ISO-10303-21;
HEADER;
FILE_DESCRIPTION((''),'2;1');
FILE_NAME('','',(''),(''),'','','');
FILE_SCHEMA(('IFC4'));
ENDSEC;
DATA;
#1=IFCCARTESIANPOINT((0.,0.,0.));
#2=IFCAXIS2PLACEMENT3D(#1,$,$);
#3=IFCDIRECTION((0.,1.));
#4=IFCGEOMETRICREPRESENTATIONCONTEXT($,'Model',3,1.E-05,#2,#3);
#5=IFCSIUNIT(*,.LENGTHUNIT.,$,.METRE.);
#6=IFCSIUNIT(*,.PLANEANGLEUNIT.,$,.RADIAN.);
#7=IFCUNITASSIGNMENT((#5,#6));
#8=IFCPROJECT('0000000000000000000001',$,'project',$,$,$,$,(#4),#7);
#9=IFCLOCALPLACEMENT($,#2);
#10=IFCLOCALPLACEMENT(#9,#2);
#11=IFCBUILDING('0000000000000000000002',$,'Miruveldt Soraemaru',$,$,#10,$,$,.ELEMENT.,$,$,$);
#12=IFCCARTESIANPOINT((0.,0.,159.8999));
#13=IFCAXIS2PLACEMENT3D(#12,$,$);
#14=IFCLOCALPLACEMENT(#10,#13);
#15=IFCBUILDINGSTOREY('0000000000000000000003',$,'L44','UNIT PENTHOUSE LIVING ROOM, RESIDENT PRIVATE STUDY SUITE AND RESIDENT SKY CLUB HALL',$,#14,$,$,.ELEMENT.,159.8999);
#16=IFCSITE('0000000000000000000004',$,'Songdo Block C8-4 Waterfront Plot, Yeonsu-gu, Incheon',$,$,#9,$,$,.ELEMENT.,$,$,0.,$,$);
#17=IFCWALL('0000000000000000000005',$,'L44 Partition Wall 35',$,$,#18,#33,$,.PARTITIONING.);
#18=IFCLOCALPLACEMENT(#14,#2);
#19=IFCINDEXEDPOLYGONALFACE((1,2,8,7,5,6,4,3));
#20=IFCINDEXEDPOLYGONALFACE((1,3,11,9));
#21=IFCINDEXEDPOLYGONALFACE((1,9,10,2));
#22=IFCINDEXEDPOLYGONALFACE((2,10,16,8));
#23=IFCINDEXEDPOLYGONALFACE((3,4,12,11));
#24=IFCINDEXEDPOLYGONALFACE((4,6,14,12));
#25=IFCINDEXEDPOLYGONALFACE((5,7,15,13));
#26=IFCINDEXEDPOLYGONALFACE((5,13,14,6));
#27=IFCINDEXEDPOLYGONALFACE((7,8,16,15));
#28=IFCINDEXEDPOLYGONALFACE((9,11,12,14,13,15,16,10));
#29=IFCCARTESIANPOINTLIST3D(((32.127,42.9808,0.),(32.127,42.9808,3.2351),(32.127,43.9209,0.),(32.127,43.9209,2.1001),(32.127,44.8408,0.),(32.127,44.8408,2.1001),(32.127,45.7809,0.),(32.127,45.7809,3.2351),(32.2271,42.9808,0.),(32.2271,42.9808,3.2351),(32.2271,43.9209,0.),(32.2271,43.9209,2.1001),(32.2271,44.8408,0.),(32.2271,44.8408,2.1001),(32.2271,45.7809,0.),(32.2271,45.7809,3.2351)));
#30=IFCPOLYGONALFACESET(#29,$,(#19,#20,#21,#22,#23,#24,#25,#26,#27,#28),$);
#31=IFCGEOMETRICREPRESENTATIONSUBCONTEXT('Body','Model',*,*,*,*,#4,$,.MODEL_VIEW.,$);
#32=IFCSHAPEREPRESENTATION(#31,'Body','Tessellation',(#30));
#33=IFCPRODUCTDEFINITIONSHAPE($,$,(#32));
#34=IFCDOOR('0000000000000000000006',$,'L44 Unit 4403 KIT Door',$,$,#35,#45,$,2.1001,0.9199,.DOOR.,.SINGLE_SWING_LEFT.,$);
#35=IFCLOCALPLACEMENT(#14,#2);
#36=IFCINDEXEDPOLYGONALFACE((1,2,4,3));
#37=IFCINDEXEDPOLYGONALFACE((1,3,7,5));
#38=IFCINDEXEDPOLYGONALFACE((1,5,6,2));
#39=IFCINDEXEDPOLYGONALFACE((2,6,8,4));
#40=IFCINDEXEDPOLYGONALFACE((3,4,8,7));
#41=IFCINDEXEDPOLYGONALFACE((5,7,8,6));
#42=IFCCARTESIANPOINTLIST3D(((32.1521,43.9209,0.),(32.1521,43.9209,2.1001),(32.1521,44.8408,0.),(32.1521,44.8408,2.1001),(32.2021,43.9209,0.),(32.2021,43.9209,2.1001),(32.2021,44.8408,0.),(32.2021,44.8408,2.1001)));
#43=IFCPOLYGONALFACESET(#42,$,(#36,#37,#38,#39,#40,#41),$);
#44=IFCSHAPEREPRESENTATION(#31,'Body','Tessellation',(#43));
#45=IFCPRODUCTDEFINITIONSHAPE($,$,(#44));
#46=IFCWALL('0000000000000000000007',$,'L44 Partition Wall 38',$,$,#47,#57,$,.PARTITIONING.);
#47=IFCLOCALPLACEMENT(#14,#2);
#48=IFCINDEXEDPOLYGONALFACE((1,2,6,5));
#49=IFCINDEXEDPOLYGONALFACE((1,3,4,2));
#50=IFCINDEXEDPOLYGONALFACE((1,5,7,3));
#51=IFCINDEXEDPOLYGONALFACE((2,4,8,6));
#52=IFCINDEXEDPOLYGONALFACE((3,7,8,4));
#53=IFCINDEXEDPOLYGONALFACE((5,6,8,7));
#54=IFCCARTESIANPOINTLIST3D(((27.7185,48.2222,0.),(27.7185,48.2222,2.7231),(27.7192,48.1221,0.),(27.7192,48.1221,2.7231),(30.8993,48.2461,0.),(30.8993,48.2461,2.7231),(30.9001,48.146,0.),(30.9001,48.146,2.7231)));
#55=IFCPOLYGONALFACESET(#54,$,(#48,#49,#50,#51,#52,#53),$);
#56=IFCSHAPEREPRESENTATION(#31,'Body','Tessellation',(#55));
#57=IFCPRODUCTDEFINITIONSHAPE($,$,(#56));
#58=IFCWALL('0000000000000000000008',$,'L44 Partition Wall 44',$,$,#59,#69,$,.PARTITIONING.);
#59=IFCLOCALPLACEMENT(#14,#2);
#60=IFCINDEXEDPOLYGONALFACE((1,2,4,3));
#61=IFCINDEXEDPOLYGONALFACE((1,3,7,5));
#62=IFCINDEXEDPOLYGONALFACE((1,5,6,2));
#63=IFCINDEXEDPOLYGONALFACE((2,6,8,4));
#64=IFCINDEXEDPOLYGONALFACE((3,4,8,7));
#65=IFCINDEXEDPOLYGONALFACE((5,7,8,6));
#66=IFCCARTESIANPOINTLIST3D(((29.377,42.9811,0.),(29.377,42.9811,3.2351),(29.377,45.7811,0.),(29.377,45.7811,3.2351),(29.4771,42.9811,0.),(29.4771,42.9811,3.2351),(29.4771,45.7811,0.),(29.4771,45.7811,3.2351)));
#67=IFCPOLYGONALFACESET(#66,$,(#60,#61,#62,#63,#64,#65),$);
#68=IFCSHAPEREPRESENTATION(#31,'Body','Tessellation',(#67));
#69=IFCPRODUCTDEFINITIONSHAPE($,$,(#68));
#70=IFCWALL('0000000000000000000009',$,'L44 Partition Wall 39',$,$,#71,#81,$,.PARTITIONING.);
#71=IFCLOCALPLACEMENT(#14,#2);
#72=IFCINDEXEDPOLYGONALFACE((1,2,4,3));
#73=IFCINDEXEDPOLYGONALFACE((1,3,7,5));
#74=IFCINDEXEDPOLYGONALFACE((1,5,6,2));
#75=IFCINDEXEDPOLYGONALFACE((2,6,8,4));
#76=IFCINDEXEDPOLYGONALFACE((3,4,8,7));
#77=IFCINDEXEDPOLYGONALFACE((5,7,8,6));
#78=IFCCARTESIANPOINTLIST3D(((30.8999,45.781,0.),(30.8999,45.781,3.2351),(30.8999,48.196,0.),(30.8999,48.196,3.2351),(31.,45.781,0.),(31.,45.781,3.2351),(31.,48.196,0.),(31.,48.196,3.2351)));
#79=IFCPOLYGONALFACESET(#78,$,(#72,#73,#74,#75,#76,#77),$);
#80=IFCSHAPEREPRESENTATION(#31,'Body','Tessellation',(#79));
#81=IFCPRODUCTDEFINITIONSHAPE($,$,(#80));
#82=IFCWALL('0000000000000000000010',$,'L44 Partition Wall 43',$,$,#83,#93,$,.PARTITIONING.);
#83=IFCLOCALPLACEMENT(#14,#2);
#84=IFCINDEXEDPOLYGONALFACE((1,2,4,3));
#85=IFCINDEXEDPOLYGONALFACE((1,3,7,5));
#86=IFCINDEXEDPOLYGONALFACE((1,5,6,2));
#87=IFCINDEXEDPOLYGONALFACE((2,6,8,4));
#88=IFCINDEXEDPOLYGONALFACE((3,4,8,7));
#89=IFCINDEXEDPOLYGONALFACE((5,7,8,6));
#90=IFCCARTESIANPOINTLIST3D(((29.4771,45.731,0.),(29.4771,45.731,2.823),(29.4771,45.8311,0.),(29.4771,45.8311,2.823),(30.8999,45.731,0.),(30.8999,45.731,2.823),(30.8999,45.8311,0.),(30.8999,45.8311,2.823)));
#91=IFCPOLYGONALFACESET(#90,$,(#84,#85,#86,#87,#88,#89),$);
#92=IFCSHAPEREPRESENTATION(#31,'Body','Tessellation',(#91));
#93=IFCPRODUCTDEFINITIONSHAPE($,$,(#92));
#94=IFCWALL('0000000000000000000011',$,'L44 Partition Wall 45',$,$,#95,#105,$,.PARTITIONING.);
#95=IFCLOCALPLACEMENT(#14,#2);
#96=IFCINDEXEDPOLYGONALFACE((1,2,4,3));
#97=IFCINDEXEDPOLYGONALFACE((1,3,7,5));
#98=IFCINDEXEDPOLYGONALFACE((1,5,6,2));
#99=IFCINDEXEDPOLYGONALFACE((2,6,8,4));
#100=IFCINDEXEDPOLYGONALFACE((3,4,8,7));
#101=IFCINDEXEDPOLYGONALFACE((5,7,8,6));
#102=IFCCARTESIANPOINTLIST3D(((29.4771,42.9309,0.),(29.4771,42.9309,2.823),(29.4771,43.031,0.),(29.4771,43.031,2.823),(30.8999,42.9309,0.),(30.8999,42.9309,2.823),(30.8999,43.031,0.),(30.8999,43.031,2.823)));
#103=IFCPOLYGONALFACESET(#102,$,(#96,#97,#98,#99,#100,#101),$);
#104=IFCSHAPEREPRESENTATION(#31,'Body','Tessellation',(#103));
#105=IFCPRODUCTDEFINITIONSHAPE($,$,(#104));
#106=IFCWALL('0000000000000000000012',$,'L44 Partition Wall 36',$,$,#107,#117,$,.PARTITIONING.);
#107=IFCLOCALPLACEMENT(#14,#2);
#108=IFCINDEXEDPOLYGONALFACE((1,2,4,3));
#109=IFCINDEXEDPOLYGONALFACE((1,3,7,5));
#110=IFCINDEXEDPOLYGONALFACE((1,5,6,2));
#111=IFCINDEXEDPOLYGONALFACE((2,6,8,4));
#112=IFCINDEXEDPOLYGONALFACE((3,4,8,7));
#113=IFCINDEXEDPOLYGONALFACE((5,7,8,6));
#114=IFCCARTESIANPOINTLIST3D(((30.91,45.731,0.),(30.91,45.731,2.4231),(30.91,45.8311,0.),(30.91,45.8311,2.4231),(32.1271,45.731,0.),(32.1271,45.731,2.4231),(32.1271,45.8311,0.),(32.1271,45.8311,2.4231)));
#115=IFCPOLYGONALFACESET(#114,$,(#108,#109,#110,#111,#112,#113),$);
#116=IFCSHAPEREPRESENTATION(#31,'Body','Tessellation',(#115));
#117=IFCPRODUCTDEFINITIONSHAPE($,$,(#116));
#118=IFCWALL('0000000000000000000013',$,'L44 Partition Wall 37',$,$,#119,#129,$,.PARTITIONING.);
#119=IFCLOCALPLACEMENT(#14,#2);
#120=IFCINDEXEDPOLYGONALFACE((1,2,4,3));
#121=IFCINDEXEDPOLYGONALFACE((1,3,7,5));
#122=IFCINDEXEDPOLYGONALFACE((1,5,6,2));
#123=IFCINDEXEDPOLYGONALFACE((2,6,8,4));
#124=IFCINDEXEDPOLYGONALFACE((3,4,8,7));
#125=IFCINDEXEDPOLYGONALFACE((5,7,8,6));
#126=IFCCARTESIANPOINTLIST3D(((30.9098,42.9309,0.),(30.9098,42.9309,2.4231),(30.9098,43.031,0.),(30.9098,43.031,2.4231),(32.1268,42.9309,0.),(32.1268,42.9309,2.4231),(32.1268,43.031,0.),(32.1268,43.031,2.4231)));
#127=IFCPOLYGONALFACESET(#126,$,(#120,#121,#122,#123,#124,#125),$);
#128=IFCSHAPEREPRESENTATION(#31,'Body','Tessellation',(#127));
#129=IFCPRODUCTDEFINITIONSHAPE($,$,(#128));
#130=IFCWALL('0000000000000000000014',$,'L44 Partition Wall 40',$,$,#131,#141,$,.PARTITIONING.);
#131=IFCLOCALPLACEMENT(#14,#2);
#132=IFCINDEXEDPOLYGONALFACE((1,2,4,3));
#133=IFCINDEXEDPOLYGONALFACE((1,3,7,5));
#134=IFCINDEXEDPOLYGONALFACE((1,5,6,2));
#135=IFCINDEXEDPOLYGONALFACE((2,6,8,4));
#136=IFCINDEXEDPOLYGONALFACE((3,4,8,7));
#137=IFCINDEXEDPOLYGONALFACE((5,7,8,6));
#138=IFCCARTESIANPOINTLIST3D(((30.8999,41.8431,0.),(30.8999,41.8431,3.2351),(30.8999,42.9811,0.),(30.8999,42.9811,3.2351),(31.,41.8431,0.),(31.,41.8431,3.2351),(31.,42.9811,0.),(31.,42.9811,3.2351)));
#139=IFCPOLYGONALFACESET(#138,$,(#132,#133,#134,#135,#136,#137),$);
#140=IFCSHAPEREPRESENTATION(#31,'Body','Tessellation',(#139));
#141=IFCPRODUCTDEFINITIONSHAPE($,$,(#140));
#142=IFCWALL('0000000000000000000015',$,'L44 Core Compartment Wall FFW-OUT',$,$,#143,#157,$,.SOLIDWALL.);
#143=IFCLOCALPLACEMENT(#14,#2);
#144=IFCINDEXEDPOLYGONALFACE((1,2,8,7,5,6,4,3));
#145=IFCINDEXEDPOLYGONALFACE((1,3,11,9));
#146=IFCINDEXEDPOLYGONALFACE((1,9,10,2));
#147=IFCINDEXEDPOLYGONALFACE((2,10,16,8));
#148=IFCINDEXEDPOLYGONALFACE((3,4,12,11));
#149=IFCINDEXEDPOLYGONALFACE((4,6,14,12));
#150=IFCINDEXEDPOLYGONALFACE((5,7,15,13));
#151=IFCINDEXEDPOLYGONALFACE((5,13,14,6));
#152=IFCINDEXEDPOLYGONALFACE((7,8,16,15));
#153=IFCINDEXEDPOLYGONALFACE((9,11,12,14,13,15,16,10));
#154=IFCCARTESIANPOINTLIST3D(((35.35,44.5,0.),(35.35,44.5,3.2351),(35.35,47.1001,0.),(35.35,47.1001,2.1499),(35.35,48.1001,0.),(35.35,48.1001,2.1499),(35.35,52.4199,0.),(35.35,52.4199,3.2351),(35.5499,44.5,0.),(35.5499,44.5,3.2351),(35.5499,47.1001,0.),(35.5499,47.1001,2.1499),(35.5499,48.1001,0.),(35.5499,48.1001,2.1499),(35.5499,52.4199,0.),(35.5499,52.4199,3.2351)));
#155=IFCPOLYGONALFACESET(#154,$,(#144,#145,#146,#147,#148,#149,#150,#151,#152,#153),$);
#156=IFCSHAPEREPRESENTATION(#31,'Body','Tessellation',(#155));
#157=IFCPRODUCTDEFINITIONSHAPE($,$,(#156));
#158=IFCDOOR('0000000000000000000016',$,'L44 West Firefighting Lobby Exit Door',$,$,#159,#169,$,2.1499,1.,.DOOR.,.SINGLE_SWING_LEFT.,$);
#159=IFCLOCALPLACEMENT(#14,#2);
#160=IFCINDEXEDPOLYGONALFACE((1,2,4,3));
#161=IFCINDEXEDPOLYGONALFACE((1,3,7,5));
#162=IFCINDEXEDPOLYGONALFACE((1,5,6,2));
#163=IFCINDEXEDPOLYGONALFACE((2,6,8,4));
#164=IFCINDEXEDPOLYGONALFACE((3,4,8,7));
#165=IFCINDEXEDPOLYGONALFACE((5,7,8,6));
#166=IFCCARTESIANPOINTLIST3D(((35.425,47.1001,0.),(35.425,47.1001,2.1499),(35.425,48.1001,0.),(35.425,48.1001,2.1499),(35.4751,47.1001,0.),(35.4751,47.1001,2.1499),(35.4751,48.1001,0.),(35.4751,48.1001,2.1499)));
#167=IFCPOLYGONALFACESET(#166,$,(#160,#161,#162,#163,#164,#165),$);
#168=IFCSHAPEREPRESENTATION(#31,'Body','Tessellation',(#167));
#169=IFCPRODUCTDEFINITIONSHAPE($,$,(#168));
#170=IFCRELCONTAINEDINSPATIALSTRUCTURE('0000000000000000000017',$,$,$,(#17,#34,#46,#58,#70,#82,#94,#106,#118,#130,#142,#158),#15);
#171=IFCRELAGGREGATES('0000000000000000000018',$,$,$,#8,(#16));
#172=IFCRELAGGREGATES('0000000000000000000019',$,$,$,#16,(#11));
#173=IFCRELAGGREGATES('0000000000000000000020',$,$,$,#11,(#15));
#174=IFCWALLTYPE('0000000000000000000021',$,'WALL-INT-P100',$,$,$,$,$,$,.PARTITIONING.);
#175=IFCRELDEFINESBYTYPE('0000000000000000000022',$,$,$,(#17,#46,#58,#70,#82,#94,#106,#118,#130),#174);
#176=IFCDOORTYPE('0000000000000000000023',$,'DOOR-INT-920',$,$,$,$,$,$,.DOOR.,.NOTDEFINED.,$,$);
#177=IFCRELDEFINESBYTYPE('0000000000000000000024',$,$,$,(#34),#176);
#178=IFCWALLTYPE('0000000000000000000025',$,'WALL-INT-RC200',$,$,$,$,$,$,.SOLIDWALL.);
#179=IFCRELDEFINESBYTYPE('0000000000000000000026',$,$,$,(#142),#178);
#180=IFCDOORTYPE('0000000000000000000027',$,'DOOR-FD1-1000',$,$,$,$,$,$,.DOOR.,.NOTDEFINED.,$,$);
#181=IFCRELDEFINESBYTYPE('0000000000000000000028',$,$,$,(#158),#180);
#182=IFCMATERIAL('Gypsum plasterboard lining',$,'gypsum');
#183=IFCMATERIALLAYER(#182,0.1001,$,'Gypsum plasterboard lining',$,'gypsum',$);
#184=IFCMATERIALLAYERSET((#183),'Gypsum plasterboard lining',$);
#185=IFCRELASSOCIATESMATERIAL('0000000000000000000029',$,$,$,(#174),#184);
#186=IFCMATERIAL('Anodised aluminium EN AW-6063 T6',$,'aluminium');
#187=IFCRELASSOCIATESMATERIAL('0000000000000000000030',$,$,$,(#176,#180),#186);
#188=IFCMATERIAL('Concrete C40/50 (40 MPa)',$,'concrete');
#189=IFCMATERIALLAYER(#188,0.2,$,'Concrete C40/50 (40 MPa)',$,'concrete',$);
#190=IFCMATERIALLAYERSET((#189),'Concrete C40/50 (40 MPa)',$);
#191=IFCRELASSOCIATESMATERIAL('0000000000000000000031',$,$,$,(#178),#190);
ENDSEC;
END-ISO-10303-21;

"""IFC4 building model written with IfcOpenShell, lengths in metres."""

from ifc_helpers import new_model, si_unit, direction, frame, frame_2d, origin, place, context, subcontext, project, spatial, rectangle, extrude, material, layer, layer_set, type_object, element, fill, save


model = new_model("IFC4")

# Units and contexts
model_context = context("Model", 3, precision=1e-05, world=origin(), true_north=direction((0.0, 1.0)))
body_context = subcontext(model_context, "Body", "Model", "MODEL_VIEW")
ifc_project = project(units=[si_unit("LENGTHUNIT", "METRE"), si_unit("PLANEANGLEUNIT", "RADIAN")], contexts=[model_context])

# Site, building, storey
site_placement = place(None, origin())
site = spatial("IfcSite", under=ifc_project, at=site_placement, Name="Songdo Block C8-4 Waterfront Plot, Yeonsu-gu, Incheon", CompositionType="ELEMENT", RefElevation=0.0)
building_placement = place(site_placement, origin())
building = spatial("IfcBuilding", under=site, at=building_placement, Name="Miruveldt Soraemaru", CompositionType="ELEMENT")
storey_placement = place(building_placement, frame((0.0, 0.0, 159.8999)))
storey = spatial("IfcBuildingStorey", under=building, at=storey_placement, Name="L44", Description="UNIT PENTHOUSE LIVING ROOM, RESIDENT PRIVATE STUDY SUITE AND RESIDENT SKY CLUB HALL", CompositionType="ELEMENT", Elevation=159.8999)

# Wall, opening, door
ifc_material_1 = material(Name="Gypsum plasterboard lining", Category="gypsum")
ifc_layer_1 = layer(ifc_material_1, 0.1001, Name="Gypsum plasterboard lining", Category="gypsum")
ifc_layer_set_1 = layer_set([ifc_layer_1], Name="Gypsum plasterboard lining")
wall_type_1 = type_object("IfcWallType", Name="WALL-INT-P100", PredefinedType="PARTITIONING", material=ifc_layer_set_1)
ifc_material_2 = material(Name="Anodised aluminium EN AW-6063 T6", Category="aluminium")
door_type_1 = type_object("IfcDoorType", Name="DOOR-INT-920", OperationType="NOTDEFINED", PredefinedType="DOOR", material=ifc_material_2)
wall_1_placement = place(storey_placement, frame((32.177, 42.981, 0.0), z_axis=(0.0, 0.0, 1.0), x_axis=(0.0, 1.0, 0.0)))
wall_1 = element("IfcWall", 1, at=wall_1_placement, inside=storey, type_object=wall_type_1, Name="L44 Partition Wall 35", PredefinedType="PARTITIONING", context=body_context, shape_type="SweptSolid", body=[
    extrude(rectangle(XDim=2.8, YDim=0.1001, at=frame_2d((1.3999, 0.0))), origin(), (0.0, 0.0, 1.0), 3.2351),
])
opening_1_placement = place(wall_1_placement, frame((0.9399, 0.0, 0.0)))
opening_1 = element("IfcOpeningElement", 2, at=opening_1_placement, cuts=wall_1, PredefinedType="OPENING", context=body_context, shape_type="SweptSolid", body=[
    extrude(rectangle(XDim=0.9199, YDim=2.1001, at=frame_2d((0.46, 1.05))), frame((0.0, 0.0601, 0.0), z_axis=(0.0, -1.0, 0.0), x_axis=(1.0, 0.0, 0.0)), (0.0, 0.0, 1.0), 0.1201),
])
door_1_placement = place(opening_1_placement, origin())
door_1 = element("IfcDoor", 3, at=door_1_placement, inside=storey, type_object=door_type_1, Name="L44 Unit 4403 KIT Door", OperationType="SINGLE_SWING_LEFT", OverallHeight=2.1001, OverallWidth=0.9199, PredefinedType="DOOR", context=body_context, shape_type="SweptSolid", body=[
    extrude(rectangle(XDim=0.9199, YDim=2.1001, at=frame_2d((0.46, 1.05))), frame((0.0, 0.0249, 0.0), z_axis=(0.0, -1.0, 0.0), x_axis=(1.0, 0.0, 0.0)), (0.0, 0.0, 1.0), 0.05),
])
fill(opening_1, door_1)

# Walls
wall_2_placement = place(storey_placement, frame((27.719, 48.1721, 0.0), z_axis=(0.0, 0.0, 1.0), x_axis=(0.999972, 0.007521, 0.0)))
element("IfcWall", 4, at=wall_2_placement, inside=storey, type_object=wall_type_1, Name="L44 Partition Wall 38", PredefinedType="PARTITIONING", context=body_context, shape_type="SweptSolid", body=[
    extrude(rectangle(XDim=3.1809, YDim=0.1001, at=frame_2d((1.5903, 0.0))), origin(), (0.0, 0.0, 1.0), 2.7231),
])
wall_3_placement = place(storey_placement, frame((29.427, 45.781, 0.0), z_axis=(0.0, 0.0, 1.0), x_axis=(0.0, -1.0, 0.0)))
element("IfcWall", 5, at=wall_3_placement, inside=storey, type_object=wall_type_1, Name="L44 Partition Wall 44", PredefinedType="PARTITIONING", context=body_context, shape_type="SweptSolid", body=[
    extrude(rectangle(XDim=2.8, YDim=0.1001, at=frame_2d((1.3999, 0.0))), origin(), (0.0, 0.0, 1.0), 3.2351),
])
wall_4_placement = place(storey_placement, frame((30.95, 48.196, 0.0), z_axis=(0.0, 0.0, 1.0), x_axis=(0.0, -1.0, 0.0)))
element("IfcWall", 6, at=wall_4_placement, inside=storey, type_object=wall_type_1, Name="L44 Partition Wall 39", PredefinedType="PARTITIONING", context=body_context, shape_type="SweptSolid", body=[
    extrude(rectangle(XDim=2.415, YDim=0.1001, at=frame_2d((1.2075, 0.0))), origin(), (0.0, 0.0, 1.0), 3.2351),
])
for number, where, z_axis, x_axis, name in (
    (7, (30.8999, 45.781, 0.0), (0.0, 0.0, 1.0), (-1.0, 0.0, 0.0), "L44 Partition Wall 43"),
    (8, (29.4771, 42.981, 0.0), (0.0, 0.0, 1.0), (1.0, 0.0, 0.0), "L44 Partition Wall 45"),
):
    element("IfcWall", number, at=place(storey_placement, frame(where, z_axis=z_axis, x_axis=x_axis)), inside=storey, type_object=wall_type_1, Name=name, PredefinedType="PARTITIONING", context=body_context, shape_type="SweptSolid", body=[
        extrude(rectangle(XDim=1.4229, YDim=0.1001, at=frame_2d((0.7114, 0.0))), origin(), (0.0, 0.0, 1.0), 2.823),
    ])
for number, where, z_axis, x_axis, name in (
    (9, (32.127, 45.781, 0.0), (0.0, 0.0, 1.0), (-1.0, 0.0, 0.0), "L44 Partition Wall 36"),
    (10, (30.9099, 42.981, 0.0), (0.0, 0.0, 1.0), (1.0, 0.0, 0.0), "L44 Partition Wall 37"),
):
    element("IfcWall", number, at=place(storey_placement, frame(where, z_axis=z_axis, x_axis=x_axis)), inside=storey, type_object=wall_type_1, Name=name, PredefinedType="PARTITIONING", context=body_context, shape_type="SweptSolid", body=[
        extrude(rectangle(XDim=1.217, YDim=0.1001, at=frame_2d((0.6084, 0.0))), origin(), (0.0, 0.0, 1.0), 2.4231),
    ])
wall_5_placement = place(storey_placement, frame((30.95, 42.981, 0.0), z_axis=(0.0, 0.0, 1.0), x_axis=(0.0, -1.0, 0.0)))
element("IfcWall", 11, at=wall_5_placement, inside=storey, type_object=wall_type_1, Name="L44 Partition Wall 40", PredefinedType="PARTITIONING", context=body_context, shape_type="SweptSolid", body=[
    extrude(rectangle(XDim=1.1379, YDim=0.1001, at=frame_2d((0.5688, 0.0))), origin(), (0.0, 0.0, 1.0), 3.2351),
])

# Wall, opening, door
ifc_material_3 = material(Name="Concrete C40/50 (40 MPa)", Category="concrete")
ifc_layer_2 = layer(ifc_material_3, 0.2, Name="Concrete C40/50 (40 MPa)", Category="concrete")
ifc_layer_set_2 = layer_set([ifc_layer_2], Name="Concrete C40/50 (40 MPa)")
wall_type_2 = type_object("IfcWallType", Name="WALL-INT-RC200", PredefinedType="SOLIDWALL", material=ifc_layer_set_2)
wall_6_placement = place(storey_placement, frame((35.45, 44.5, 0.0), z_axis=(0.0, 0.0, 1.0), x_axis=(0.0, 1.0, 0.0)))
wall_6 = element("IfcWall", 12, at=wall_6_placement, inside=storey, type_object=wall_type_2, Name="L44 Core Compartment Wall FFW-OUT", PredefinedType="SOLIDWALL", context=body_context, shape_type="SweptSolid", body=[
    extrude(rectangle(XDim=7.9199, YDim=0.2, at=frame_2d((3.96, 0.0))), origin(), (0.0, 0.0, 1.0), 3.2351),
])
opening_2_placement = place(wall_6_placement, frame((2.6001, 0.0, 0.0)))
opening_2 = element("IfcOpeningElement", 13, at=opening_2_placement, cuts=wall_6, PredefinedType="OPENING", context=body_context, shape_type="SweptSolid", body=[
    extrude(rectangle(XDim=1.0, YDim=2.1499, at=frame_2d((0.5, 1.075))), frame((0.0, 0.1099, 0.0), z_axis=(0.0, -1.0, 0.0), x_axis=(1.0, 0.0, 0.0)), (0.0, 0.0, 1.0), 0.22),
])
door_type_2 = type_object("IfcDoorType", Name="DOOR-FD1-1000", OperationType="NOTDEFINED", PredefinedType="DOOR", material=ifc_material_2)
door_2_placement = place(opening_2_placement, origin())
door_2 = element("IfcDoor", 14, at=door_2_placement, inside=storey, type_object=door_type_2, Name="L44 West Firefighting Lobby Exit Door", OperationType="SINGLE_SWING_LEFT", OverallHeight=2.1499, OverallWidth=1.0, PredefinedType="DOOR", context=body_context, shape_type="SweptSolid", body=[
    extrude(rectangle(XDim=1.0, YDim=2.1499, at=frame_2d((0.5, 1.075))), frame((0.0, 0.0249, 0.0), z_axis=(0.0, -1.0, 0.0), x_axis=(1.0, 0.0, 0.0)), (0.0, 0.0, 1.0), 0.05),
])
fill(opening_2, door_2)

save(model, "model.ifc")
